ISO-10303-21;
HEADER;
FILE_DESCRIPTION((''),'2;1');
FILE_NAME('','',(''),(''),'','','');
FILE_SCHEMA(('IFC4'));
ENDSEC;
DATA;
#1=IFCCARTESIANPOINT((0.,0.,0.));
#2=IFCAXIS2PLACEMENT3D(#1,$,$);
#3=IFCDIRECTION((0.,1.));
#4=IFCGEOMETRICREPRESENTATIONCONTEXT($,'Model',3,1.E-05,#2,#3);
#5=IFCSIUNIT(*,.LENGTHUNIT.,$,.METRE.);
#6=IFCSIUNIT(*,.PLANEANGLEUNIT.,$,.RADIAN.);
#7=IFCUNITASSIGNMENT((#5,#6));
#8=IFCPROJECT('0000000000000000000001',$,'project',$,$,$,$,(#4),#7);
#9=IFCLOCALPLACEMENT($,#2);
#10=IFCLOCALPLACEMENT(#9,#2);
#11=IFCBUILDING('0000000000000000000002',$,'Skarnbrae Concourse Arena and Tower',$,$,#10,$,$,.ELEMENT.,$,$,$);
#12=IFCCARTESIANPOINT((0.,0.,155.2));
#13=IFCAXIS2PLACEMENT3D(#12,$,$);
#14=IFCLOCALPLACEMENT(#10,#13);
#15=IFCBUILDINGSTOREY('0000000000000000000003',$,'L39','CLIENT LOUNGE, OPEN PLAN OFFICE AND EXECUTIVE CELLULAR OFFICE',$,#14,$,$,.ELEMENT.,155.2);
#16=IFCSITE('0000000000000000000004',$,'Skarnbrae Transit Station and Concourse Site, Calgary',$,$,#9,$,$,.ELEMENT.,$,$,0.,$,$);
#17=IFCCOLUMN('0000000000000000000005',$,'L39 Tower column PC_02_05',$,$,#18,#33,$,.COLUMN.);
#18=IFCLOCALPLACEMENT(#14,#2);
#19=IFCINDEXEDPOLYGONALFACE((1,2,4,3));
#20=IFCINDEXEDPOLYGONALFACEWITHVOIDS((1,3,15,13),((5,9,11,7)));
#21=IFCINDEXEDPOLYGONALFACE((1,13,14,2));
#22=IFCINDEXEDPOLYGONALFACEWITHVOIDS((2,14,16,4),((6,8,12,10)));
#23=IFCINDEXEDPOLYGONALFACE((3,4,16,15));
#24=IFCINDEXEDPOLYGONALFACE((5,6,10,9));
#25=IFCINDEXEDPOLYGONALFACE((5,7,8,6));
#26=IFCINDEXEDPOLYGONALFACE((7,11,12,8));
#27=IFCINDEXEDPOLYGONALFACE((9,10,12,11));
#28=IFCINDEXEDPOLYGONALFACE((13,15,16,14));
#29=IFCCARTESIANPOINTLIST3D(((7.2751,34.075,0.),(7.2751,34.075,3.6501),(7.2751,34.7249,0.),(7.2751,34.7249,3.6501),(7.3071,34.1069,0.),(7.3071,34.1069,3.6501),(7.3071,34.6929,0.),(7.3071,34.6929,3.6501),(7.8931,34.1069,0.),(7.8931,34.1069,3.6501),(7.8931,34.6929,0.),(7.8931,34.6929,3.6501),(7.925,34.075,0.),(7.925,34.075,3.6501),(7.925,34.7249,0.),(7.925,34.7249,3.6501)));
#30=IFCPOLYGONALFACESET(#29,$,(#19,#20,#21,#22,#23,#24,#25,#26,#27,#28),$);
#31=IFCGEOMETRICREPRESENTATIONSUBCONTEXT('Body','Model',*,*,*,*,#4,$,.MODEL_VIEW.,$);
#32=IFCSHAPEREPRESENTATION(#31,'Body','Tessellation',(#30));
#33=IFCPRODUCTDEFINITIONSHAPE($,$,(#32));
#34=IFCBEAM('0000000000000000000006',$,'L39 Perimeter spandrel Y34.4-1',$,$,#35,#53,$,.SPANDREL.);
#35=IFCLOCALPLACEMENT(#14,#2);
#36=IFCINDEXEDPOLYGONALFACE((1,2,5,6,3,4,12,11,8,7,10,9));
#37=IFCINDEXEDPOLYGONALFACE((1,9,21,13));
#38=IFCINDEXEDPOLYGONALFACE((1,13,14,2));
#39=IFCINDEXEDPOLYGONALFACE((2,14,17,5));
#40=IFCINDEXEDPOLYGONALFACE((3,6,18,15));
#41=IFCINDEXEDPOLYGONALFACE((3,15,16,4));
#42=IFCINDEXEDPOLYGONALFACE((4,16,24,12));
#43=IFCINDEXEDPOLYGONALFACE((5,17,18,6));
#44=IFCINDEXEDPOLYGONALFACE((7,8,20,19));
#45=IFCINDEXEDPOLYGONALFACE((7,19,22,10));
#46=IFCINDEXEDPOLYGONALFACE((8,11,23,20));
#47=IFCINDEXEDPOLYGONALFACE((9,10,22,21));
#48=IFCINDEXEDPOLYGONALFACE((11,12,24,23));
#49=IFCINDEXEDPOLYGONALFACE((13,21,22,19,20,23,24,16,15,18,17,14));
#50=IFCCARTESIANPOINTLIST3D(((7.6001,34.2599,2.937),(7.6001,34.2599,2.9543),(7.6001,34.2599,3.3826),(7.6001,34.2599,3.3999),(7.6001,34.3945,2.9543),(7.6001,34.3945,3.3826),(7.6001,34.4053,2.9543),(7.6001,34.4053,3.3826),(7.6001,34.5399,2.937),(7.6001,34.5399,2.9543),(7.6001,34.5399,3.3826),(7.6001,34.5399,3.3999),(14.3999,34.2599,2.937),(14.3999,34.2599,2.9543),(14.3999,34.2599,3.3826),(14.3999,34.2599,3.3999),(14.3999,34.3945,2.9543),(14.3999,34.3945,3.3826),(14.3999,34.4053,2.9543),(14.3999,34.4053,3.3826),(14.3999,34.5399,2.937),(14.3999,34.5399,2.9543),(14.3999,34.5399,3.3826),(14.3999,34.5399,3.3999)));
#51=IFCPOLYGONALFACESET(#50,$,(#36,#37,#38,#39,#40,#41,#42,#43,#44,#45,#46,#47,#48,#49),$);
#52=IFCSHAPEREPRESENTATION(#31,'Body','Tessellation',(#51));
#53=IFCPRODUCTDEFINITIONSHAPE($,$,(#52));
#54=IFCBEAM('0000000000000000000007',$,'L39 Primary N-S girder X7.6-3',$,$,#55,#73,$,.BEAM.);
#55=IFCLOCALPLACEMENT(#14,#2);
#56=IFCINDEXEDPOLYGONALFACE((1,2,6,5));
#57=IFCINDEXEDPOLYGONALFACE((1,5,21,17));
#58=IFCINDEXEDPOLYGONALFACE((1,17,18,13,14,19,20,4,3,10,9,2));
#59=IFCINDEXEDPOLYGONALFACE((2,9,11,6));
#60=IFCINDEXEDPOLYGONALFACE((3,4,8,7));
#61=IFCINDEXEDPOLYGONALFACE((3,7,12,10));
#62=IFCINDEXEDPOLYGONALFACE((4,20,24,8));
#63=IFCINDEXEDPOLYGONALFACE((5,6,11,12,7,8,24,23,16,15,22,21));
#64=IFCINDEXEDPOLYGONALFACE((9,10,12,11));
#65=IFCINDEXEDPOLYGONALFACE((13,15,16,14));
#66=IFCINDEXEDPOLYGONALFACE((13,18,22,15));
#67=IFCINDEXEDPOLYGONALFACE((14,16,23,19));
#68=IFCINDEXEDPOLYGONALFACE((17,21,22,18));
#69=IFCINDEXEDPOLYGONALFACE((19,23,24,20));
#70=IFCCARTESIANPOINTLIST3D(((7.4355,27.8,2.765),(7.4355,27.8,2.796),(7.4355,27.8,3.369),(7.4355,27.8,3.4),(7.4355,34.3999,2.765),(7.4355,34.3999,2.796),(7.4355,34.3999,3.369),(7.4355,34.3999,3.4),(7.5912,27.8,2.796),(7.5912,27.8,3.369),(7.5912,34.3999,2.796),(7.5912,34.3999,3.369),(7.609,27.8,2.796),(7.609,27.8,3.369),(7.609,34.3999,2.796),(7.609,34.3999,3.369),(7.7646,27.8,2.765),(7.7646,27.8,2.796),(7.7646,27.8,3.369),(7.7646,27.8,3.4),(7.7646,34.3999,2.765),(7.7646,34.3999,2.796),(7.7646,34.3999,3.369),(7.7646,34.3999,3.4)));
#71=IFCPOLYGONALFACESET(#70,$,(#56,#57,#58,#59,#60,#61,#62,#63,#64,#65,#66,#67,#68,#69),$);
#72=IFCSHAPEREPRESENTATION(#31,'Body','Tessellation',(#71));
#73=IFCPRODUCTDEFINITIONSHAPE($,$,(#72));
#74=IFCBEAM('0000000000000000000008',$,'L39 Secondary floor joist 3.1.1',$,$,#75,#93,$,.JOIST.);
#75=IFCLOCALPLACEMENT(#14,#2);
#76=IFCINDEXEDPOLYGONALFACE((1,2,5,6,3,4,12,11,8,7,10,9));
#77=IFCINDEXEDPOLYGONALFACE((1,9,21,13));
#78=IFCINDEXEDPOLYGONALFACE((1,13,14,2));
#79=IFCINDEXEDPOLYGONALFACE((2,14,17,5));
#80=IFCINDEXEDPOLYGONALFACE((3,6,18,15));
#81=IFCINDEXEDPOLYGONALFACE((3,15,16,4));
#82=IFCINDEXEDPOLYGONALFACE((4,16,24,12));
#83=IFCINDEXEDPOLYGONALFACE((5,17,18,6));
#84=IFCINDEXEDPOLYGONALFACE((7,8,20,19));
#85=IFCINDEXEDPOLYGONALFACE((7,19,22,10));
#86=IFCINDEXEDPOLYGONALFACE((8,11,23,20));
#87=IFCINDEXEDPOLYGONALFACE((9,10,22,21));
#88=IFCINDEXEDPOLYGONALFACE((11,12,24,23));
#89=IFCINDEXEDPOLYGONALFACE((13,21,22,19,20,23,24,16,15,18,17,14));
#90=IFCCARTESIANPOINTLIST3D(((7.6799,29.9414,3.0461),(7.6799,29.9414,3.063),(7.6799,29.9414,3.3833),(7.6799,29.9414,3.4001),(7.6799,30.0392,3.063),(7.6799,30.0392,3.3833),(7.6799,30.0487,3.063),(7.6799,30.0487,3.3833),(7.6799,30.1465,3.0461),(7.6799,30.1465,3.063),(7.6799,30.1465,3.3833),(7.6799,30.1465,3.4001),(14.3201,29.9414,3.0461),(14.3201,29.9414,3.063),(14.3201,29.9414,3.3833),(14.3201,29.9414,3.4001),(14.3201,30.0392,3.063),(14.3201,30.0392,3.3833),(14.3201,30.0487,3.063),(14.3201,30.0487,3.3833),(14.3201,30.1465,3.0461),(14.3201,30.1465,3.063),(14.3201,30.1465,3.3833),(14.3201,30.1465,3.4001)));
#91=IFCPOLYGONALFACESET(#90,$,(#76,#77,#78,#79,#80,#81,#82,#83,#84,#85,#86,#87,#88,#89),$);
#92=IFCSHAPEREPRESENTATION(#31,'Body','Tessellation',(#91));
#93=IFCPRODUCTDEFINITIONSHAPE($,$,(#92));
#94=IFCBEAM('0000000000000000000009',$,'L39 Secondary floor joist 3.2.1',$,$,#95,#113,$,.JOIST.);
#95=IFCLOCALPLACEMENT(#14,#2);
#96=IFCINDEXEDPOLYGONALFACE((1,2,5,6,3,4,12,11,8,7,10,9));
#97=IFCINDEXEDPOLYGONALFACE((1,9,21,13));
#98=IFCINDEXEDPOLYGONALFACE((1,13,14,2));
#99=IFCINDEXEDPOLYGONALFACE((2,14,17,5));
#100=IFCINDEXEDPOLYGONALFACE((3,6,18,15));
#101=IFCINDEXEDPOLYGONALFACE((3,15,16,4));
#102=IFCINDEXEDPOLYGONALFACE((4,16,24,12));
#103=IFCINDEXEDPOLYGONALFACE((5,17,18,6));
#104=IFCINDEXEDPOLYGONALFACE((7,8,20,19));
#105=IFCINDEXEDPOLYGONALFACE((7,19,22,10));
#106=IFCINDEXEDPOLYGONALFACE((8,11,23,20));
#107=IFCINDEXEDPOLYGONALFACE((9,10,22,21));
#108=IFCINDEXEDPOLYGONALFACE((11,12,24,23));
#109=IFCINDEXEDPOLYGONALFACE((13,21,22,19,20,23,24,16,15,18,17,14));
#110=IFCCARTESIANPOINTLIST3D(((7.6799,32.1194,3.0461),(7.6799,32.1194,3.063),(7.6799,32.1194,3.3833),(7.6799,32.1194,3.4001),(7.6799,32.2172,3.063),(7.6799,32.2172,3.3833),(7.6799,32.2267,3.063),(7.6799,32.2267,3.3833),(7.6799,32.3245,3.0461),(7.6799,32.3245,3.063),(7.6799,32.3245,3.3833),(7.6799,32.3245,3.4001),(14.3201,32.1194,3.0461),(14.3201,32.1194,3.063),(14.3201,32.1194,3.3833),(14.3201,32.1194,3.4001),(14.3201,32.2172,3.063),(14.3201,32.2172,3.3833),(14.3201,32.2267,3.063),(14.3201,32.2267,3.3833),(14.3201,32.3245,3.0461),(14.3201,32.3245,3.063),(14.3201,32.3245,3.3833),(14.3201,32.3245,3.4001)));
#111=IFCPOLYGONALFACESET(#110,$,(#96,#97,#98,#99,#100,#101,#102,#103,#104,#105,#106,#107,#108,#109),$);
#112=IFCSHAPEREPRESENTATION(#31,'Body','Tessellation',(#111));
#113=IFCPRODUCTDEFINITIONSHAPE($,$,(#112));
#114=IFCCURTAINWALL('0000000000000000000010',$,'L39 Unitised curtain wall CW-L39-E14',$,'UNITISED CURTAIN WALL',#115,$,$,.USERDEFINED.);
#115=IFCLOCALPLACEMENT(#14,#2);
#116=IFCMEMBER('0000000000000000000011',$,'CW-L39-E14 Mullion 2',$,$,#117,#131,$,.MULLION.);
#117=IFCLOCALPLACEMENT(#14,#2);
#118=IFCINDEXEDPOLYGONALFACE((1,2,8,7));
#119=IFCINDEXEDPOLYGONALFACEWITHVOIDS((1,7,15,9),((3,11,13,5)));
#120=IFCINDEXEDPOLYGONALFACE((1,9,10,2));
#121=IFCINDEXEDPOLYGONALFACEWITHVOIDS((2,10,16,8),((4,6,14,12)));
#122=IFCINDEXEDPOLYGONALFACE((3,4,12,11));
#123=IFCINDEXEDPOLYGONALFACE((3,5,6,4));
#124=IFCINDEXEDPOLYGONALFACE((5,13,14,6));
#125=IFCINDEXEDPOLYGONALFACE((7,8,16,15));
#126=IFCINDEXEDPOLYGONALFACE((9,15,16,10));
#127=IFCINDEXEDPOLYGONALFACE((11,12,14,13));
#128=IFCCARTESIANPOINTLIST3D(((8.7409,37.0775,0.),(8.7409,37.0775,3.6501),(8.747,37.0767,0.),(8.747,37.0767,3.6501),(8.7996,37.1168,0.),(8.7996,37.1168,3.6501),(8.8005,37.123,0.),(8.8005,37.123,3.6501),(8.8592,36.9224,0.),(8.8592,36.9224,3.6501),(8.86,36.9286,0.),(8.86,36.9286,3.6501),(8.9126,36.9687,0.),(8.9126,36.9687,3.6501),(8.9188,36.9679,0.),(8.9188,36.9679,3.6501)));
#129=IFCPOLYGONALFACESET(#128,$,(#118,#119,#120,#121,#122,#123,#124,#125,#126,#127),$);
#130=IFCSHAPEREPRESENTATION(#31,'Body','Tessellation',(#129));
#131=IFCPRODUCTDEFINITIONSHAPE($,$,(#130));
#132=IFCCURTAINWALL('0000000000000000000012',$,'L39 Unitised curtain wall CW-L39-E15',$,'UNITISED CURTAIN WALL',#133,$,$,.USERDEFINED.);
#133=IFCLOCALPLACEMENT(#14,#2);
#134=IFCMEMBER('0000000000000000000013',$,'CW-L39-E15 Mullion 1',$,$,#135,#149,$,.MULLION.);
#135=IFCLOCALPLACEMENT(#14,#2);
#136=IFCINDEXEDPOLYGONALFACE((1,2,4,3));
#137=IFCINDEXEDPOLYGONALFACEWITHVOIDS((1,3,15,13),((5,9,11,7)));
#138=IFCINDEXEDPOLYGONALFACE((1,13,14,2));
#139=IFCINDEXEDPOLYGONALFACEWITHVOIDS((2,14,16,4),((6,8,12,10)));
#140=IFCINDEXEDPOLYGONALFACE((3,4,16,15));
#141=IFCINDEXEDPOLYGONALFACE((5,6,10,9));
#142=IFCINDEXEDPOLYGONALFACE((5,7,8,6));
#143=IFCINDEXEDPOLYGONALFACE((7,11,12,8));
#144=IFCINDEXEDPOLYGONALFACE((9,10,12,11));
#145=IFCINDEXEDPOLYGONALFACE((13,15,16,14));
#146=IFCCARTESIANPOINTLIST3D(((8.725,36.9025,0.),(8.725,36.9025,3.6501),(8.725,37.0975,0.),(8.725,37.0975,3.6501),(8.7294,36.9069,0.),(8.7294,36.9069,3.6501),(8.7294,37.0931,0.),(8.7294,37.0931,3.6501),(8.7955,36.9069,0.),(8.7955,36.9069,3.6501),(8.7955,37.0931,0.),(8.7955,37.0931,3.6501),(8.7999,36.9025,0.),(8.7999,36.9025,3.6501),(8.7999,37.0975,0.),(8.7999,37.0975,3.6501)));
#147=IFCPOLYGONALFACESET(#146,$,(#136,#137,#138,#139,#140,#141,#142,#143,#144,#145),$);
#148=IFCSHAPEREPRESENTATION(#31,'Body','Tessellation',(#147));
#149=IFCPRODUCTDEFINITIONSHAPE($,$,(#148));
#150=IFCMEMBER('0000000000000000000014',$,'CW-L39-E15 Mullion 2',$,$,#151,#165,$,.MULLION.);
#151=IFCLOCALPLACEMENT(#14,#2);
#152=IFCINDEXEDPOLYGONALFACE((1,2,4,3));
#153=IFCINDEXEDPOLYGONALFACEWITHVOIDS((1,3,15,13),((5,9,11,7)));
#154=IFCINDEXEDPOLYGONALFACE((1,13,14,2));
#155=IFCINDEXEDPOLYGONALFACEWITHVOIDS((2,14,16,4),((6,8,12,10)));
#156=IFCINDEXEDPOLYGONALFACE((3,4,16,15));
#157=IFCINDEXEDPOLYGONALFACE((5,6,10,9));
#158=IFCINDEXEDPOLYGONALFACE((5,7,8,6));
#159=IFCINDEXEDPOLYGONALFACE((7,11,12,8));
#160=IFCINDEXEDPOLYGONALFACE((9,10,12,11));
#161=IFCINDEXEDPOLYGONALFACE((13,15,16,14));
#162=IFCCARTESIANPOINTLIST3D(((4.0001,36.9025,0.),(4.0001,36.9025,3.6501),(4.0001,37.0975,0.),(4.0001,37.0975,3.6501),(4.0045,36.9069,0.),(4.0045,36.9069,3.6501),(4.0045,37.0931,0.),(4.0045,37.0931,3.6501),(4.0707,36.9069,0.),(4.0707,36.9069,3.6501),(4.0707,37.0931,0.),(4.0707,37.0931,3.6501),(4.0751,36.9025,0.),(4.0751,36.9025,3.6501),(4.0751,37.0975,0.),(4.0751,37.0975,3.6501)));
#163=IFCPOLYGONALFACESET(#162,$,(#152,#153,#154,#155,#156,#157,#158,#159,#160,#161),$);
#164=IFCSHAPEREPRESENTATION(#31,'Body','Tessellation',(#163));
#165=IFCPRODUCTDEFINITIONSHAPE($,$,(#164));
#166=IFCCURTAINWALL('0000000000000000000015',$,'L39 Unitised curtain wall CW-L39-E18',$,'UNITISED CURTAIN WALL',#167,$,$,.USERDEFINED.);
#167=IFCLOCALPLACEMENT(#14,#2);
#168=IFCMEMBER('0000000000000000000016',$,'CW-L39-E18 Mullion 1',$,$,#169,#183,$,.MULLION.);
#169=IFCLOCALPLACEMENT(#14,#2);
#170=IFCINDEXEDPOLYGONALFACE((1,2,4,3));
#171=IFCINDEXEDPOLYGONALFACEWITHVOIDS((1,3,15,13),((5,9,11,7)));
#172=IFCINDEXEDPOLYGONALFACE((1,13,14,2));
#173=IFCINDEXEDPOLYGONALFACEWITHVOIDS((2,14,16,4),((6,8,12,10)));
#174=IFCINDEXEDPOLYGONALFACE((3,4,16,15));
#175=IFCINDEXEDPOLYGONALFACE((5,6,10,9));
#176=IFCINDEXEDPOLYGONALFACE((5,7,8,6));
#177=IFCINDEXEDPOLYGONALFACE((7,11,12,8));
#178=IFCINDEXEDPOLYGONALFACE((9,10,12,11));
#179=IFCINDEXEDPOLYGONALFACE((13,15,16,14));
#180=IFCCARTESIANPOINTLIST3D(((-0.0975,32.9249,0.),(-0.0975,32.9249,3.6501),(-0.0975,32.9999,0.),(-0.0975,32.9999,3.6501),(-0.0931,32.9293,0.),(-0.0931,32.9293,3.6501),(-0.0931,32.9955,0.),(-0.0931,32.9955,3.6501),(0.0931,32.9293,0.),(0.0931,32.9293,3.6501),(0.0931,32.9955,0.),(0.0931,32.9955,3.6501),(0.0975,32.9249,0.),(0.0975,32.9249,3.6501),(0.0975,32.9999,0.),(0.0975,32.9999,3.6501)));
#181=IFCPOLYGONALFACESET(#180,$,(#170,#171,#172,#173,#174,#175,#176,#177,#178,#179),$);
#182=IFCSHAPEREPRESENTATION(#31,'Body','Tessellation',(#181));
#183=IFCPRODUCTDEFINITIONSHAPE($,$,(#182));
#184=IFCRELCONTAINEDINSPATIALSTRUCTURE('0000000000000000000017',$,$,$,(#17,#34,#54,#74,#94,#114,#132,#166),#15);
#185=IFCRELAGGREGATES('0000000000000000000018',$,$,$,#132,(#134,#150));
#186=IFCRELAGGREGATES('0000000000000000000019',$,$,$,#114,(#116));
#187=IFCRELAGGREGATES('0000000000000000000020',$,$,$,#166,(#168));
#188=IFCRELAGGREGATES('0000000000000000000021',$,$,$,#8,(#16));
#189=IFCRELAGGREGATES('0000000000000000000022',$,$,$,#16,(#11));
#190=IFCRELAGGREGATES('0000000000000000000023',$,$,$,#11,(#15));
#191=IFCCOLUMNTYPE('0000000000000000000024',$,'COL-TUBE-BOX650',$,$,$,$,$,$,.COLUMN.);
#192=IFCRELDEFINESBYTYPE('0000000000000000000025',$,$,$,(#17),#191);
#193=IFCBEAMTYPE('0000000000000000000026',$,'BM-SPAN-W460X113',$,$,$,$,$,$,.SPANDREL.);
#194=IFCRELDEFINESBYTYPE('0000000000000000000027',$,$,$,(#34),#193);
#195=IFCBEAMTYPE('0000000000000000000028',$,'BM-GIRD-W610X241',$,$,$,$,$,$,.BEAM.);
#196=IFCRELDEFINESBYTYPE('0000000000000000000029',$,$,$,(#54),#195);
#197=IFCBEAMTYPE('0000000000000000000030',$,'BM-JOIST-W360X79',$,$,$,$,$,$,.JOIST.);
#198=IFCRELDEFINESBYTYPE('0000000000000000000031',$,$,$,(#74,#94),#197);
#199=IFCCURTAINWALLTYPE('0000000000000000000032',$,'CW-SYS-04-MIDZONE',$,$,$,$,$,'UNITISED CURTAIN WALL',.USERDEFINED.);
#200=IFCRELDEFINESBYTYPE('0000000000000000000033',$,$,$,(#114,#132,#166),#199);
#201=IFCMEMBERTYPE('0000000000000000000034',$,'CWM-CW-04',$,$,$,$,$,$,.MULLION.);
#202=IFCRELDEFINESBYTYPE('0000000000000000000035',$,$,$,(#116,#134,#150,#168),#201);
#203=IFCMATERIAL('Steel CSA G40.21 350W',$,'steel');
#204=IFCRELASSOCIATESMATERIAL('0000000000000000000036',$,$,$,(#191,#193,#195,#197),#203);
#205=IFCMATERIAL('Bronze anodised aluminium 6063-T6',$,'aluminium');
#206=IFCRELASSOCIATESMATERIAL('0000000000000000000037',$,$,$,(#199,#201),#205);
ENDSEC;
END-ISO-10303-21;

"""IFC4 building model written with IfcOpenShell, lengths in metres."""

from ifc_helpers import new_model, si_unit, direction, frame, origin, origin_2d, place, context, subcontext, project, spatial, hollow_rectangle, i_section, extrude, source, transform, mapped, material, material_profile, profile_set, type_object, element, aggregate, save


model = new_model("IFC4")

# Units and contexts
model_context = context("Model", 3, precision=1e-05, world=origin(), true_north=direction((0.0, 1.0)))
body_context = subcontext(model_context, "Body", "Model", "MODEL_VIEW")
ifc_project = project(units=[si_unit("LENGTHUNIT", "METRE"), si_unit("PLANEANGLEUNIT", "RADIAN")], contexts=[model_context])

# Site, building, storey
site_placement = place(None, origin())
site = spatial("IfcSite", under=ifc_project, at=site_placement, Name="Skarnbrae Transit Station and Concourse Site, Calgary", CompositionType="ELEMENT", RefElevation=0.0)
building_placement = place(site_placement, origin())
building = spatial("IfcBuilding", under=site, at=building_placement, Name="Skarnbrae Concourse Arena and Tower", CompositionType="ELEMENT")
storey_placement = place(building_placement, frame((0.0, 0.0, 155.2)))
storey = spatial("IfcBuildingStorey", under=building, at=storey_placement, Name="L39", Description="CLIENT LOUNGE, OPEN PLAN OFFICE AND EXECUTIVE CELLULAR OFFICE", CompositionType="ELEMENT", Elevation=155.2)

# Column
ifc_material_1 = material(Name="Steel CSA G40.21 350W", Category="steel")
ifc_material_profile_1 = material_profile(ifc_material_1, hollow_rectangle(XDim=0.6499, YDim=0.6499, WallThickness=0.032, at=origin_2d()), Name="BOX650X650X32")
ifc_profile_set_1 = profile_set([ifc_material_profile_1], Name="Steel CSA G40.21 350W")
column_type = type_object("IfcColumnType", Name="COL-TUBE-BOX650", PredefinedType="COLUMN", material=ifc_profile_set_1)
shared_shape_1 = source(origin(), body_context, "Body", "SweptSolid", [
    extrude(hollow_rectangle(XDim=0.6499, YDim=0.6499, WallThickness=0.032, at=origin_2d()), origin(), (0.0, 0.0, 1.0), 3.6501),
])
column_placement = place(storey_placement, frame((7.6001, 34.3999, 0.0), z_axis=(0.0, 0.0, 1.0), x_axis=(1.0, 0.0, 0.0)))
element("IfcColumn", 1, at=column_placement, inside=storey, type_object=column_type, Name="L39 Tower column PC_02_05", PredefinedType="COLUMN", context=body_context, shape_type="MappedRepresentation", body=[
    mapped(shared_shape_1, transform((0.0, 0.0, 0.0))),
])

# Beams
ifc_material_profile_2 = material_profile(ifc_material_1, i_section(OverallWidth=0.28, OverallDepth=0.4629, WebThickness=0.0107, FlangeThickness=0.0173, at=origin_2d()), Name="W460X113")
ifc_profile_set_2 = profile_set([ifc_material_profile_2], Name="Steel CSA G40.21 350W")
beam_type_1 = type_object("IfcBeamType", Name="BM-SPAN-W460X113", PredefinedType="SPANDREL", material=ifc_profile_set_2)
shared_shape_2 = source(origin(), body_context, "Body", "SweptSolid", [
    extrude(i_section(OverallWidth=0.28, OverallDepth=0.4629, WebThickness=0.0107, FlangeThickness=0.0173, at=origin_2d()), origin(), (0.0, 0.0, 1.0), 6.7998),
])
beam_1_placement = place(storey_placement, frame((7.6001, 34.3999, 3.1685), z_axis=(1.0, 0.0, 0.0), x_axis=(0.0, 1.0, 0.0)))
element("IfcBeam", 2, at=beam_1_placement, inside=storey, type_object=beam_type_1, Name="L39 Perimeter spandrel Y34.4-1", PredefinedType="SPANDREL", context=body_context, shape_type="MappedRepresentation", body=[
    mapped(shared_shape_2, transform((0.0, 0.0, 0.0))),
])
ifc_material_profile_3 = material_profile(ifc_material_1, i_section(OverallWidth=0.3291, OverallDepth=0.635, WebThickness=0.0178, FlangeThickness=0.031, at=origin_2d()), Name="W610X241")
ifc_profile_set_3 = profile_set([ifc_material_profile_3], Name="Steel CSA G40.21 350W")
beam_type_2 = type_object("IfcBeamType", Name="BM-GIRD-W610X241", PredefinedType="BEAM", material=ifc_profile_set_3)
shared_shape_3 = source(origin(), body_context, "Body", "SweptSolid", [
    extrude(i_section(OverallWidth=0.3291, OverallDepth=0.635, WebThickness=0.0178, FlangeThickness=0.031, at=origin_2d()), origin(), (0.0, 0.0, 1.0), 6.5999),
])
beam_2_placement = place(storey_placement, frame((7.6001, 27.8, 3.0825), z_axis=(0.0, 1.0, 0.0), x_axis=(-1.0, 0.0, 0.0)))
element("IfcBeam", 3, at=beam_2_placement, inside=storey, type_object=beam_type_2, Name="L39 Primary N-S girder X7.6-3", PredefinedType="BEAM", context=body_context, shape_type="MappedRepresentation", body=[
    mapped(shared_shape_3, transform((0.0, 0.0, 0.0))),
])
ifc_material_profile_4 = material_profile(ifc_material_1, i_section(OverallWidth=0.2051, OverallDepth=0.354, WebThickness=0.0095, FlangeThickness=0.0168, at=origin_2d()), Name="W360X79")
ifc_profile_set_4 = profile_set([ifc_material_profile_4], Name="Steel CSA G40.21 350W")
beam_type_3 = type_object("IfcBeamType", Name="BM-JOIST-W360X79", PredefinedType="JOIST", material=ifc_profile_set_4)
shared_shape_4 = source(origin(), body_context, "Body", "SweptSolid", [
    extrude(i_section(OverallWidth=0.2051, OverallDepth=0.354, WebThickness=0.0095, FlangeThickness=0.0168, at=origin_2d()), origin(), (0.0, 0.0, 1.0), 6.6401),
])
for number, where, z_axis, x_axis, name in (
    (4, (7.6799, 30.0439, 3.2231), (1.0, 0.0, 0.0), (0.0, 1.0, 0.0), "L39 Secondary floor joist 3.1.1"),
    (5, (7.6799, 32.2219, 3.2231), (1.0, 0.0, 0.0), (0.0, 1.0, 0.0), "L39 Secondary floor joist 3.2.1"),
):
    element("IfcBeam", number, at=place(storey_placement, frame(where, z_axis=z_axis, x_axis=x_axis)), inside=storey, type_object=beam_type_3, Name=name, PredefinedType="JOIST", context=body_context, shape_type="MappedRepresentation", body=[
        mapped(shared_shape_4, transform((0.0, 0.0, 0.0))),
    ])

# Curtain wall, member
ifc_material_2 = material(Name="Bronze anodised aluminium 6063-T6", Category="aluminium")
curtain_wall_type = type_object("IfcCurtainWallType", Name="CW-SYS-04-MIDZONE", ElementType="UNITISED CURTAIN WALL", PredefinedType="USERDEFINED", material=ifc_material_2)
curtain_wall_1_placement = place(storey_placement, origin())
curtain_wall_1 = element("IfcCurtainWall", 6, at=curtain_wall_1_placement, inside=storey, type_object=curtain_wall_type, Name="L39 Unitised curtain wall CW-L39-E14", ObjectType="UNITISED CURTAIN WALL", PredefinedType="USERDEFINED")
ifc_material_profile_5 = material_profile(ifc_material_2, hollow_rectangle(XDim=0.075, YDim=0.1951, WallThickness=0.0044, at=origin_2d()), Name="ALU-MULL-75X195")
ifc_profile_set_5 = profile_set([ifc_material_profile_5], Name="Bronze anodised aluminium 6063-T6")
member_type_1 = type_object("IfcMemberType", Name="CWM-CW-04", PredefinedType="MULLION", material=ifc_profile_set_5)
shared_shape_5 = source(origin(), body_context, "Body", "SweptSolid", [
    extrude(hollow_rectangle(XDim=0.075, YDim=0.1951, WallThickness=0.0044, at=origin_2d()), origin(), (0.0, 0.0, 1.0), 3.6501),
])
member_1_placement = place(storey_placement, frame((8.8298, 37.0227, 0.0), z_axis=(0.0, 0.0, 1.0), x_axis=(-0.794956, -0.606667, 0.0)))
member_1 = element("IfcMember", 7, at=member_1_placement, type_object=member_type_1, Name="CW-L39-E14 Mullion 2", PredefinedType="MULLION", context=body_context, shape_type="MappedRepresentation", body=[
    mapped(shared_shape_5, transform((0.0, 0.0, 0.0))),
])

# Curtain wall, members
curtain_wall_2_placement = place(storey_placement, origin())
curtain_wall_2 = element("IfcCurtainWall", 8, at=curtain_wall_2_placement, inside=storey, type_object=curtain_wall_type, Name="L39 Unitised curtain wall CW-L39-E15", ObjectType="UNITISED CURTAIN WALL", PredefinedType="USERDEFINED")
member_2_placement = place(storey_placement, frame((8.7625, 37.0, 0.0), z_axis=(0.0, 0.0, 1.0), x_axis=(-1.0, 0.0, 0.0)))
member_2 = element("IfcMember", 9, at=member_2_placement, type_object=member_type_1, Name="CW-L39-E15 Mullion 1", PredefinedType="MULLION", context=body_context, shape_type="MappedRepresentation", body=[
    mapped(shared_shape_5, transform((0.0, 0.0, 0.0))),
])
member_3_placement = place(storey_placement, frame((4.0376, 37.0, 0.0), z_axis=(0.0, 0.0, 1.0), x_axis=(-1.0, 0.0, 0.0)))
member_3 = element("IfcMember", 10, at=member_3_placement, type_object=member_type_1, Name="CW-L39-E15 Mullion 2", PredefinedType="MULLION", context=body_context, shape_type="MappedRepresentation", body=[
    mapped(shared_shape_5, transform((0.0, 0.0, 0.0))),
])

# Curtain wall, member
curtain_wall_3_placement = place(storey_placement, origin())
curtain_wall_3 = element("IfcCurtainWall", 11, at=curtain_wall_3_placement, inside=storey, type_object=curtain_wall_type, Name="L39 Unitised curtain wall CW-L39-E18", ObjectType="UNITISED CURTAIN WALL", PredefinedType="USERDEFINED")
member_4_placement = place(storey_placement, frame((0.0, 32.9624, 0.0), z_axis=(0.0, 0.0, 1.0), x_axis=(0.0, -1.0, 0.0)))
member_4 = element("IfcMember", 12, at=member_4_placement, type_object=member_type_1, Name="CW-L39-E18 Mullion 1", PredefinedType="MULLION", context=body_context, shape_type="MappedRepresentation", body=[
    mapped(shared_shape_5, transform((0.0, 0.0, 0.0))),
])

aggregate(curtain_wall_2, [member_2, member_3])
aggregate(curtain_wall_1, [member_1])
aggregate(curtain_wall_3, [member_4])

save(model, "model.ifc")
